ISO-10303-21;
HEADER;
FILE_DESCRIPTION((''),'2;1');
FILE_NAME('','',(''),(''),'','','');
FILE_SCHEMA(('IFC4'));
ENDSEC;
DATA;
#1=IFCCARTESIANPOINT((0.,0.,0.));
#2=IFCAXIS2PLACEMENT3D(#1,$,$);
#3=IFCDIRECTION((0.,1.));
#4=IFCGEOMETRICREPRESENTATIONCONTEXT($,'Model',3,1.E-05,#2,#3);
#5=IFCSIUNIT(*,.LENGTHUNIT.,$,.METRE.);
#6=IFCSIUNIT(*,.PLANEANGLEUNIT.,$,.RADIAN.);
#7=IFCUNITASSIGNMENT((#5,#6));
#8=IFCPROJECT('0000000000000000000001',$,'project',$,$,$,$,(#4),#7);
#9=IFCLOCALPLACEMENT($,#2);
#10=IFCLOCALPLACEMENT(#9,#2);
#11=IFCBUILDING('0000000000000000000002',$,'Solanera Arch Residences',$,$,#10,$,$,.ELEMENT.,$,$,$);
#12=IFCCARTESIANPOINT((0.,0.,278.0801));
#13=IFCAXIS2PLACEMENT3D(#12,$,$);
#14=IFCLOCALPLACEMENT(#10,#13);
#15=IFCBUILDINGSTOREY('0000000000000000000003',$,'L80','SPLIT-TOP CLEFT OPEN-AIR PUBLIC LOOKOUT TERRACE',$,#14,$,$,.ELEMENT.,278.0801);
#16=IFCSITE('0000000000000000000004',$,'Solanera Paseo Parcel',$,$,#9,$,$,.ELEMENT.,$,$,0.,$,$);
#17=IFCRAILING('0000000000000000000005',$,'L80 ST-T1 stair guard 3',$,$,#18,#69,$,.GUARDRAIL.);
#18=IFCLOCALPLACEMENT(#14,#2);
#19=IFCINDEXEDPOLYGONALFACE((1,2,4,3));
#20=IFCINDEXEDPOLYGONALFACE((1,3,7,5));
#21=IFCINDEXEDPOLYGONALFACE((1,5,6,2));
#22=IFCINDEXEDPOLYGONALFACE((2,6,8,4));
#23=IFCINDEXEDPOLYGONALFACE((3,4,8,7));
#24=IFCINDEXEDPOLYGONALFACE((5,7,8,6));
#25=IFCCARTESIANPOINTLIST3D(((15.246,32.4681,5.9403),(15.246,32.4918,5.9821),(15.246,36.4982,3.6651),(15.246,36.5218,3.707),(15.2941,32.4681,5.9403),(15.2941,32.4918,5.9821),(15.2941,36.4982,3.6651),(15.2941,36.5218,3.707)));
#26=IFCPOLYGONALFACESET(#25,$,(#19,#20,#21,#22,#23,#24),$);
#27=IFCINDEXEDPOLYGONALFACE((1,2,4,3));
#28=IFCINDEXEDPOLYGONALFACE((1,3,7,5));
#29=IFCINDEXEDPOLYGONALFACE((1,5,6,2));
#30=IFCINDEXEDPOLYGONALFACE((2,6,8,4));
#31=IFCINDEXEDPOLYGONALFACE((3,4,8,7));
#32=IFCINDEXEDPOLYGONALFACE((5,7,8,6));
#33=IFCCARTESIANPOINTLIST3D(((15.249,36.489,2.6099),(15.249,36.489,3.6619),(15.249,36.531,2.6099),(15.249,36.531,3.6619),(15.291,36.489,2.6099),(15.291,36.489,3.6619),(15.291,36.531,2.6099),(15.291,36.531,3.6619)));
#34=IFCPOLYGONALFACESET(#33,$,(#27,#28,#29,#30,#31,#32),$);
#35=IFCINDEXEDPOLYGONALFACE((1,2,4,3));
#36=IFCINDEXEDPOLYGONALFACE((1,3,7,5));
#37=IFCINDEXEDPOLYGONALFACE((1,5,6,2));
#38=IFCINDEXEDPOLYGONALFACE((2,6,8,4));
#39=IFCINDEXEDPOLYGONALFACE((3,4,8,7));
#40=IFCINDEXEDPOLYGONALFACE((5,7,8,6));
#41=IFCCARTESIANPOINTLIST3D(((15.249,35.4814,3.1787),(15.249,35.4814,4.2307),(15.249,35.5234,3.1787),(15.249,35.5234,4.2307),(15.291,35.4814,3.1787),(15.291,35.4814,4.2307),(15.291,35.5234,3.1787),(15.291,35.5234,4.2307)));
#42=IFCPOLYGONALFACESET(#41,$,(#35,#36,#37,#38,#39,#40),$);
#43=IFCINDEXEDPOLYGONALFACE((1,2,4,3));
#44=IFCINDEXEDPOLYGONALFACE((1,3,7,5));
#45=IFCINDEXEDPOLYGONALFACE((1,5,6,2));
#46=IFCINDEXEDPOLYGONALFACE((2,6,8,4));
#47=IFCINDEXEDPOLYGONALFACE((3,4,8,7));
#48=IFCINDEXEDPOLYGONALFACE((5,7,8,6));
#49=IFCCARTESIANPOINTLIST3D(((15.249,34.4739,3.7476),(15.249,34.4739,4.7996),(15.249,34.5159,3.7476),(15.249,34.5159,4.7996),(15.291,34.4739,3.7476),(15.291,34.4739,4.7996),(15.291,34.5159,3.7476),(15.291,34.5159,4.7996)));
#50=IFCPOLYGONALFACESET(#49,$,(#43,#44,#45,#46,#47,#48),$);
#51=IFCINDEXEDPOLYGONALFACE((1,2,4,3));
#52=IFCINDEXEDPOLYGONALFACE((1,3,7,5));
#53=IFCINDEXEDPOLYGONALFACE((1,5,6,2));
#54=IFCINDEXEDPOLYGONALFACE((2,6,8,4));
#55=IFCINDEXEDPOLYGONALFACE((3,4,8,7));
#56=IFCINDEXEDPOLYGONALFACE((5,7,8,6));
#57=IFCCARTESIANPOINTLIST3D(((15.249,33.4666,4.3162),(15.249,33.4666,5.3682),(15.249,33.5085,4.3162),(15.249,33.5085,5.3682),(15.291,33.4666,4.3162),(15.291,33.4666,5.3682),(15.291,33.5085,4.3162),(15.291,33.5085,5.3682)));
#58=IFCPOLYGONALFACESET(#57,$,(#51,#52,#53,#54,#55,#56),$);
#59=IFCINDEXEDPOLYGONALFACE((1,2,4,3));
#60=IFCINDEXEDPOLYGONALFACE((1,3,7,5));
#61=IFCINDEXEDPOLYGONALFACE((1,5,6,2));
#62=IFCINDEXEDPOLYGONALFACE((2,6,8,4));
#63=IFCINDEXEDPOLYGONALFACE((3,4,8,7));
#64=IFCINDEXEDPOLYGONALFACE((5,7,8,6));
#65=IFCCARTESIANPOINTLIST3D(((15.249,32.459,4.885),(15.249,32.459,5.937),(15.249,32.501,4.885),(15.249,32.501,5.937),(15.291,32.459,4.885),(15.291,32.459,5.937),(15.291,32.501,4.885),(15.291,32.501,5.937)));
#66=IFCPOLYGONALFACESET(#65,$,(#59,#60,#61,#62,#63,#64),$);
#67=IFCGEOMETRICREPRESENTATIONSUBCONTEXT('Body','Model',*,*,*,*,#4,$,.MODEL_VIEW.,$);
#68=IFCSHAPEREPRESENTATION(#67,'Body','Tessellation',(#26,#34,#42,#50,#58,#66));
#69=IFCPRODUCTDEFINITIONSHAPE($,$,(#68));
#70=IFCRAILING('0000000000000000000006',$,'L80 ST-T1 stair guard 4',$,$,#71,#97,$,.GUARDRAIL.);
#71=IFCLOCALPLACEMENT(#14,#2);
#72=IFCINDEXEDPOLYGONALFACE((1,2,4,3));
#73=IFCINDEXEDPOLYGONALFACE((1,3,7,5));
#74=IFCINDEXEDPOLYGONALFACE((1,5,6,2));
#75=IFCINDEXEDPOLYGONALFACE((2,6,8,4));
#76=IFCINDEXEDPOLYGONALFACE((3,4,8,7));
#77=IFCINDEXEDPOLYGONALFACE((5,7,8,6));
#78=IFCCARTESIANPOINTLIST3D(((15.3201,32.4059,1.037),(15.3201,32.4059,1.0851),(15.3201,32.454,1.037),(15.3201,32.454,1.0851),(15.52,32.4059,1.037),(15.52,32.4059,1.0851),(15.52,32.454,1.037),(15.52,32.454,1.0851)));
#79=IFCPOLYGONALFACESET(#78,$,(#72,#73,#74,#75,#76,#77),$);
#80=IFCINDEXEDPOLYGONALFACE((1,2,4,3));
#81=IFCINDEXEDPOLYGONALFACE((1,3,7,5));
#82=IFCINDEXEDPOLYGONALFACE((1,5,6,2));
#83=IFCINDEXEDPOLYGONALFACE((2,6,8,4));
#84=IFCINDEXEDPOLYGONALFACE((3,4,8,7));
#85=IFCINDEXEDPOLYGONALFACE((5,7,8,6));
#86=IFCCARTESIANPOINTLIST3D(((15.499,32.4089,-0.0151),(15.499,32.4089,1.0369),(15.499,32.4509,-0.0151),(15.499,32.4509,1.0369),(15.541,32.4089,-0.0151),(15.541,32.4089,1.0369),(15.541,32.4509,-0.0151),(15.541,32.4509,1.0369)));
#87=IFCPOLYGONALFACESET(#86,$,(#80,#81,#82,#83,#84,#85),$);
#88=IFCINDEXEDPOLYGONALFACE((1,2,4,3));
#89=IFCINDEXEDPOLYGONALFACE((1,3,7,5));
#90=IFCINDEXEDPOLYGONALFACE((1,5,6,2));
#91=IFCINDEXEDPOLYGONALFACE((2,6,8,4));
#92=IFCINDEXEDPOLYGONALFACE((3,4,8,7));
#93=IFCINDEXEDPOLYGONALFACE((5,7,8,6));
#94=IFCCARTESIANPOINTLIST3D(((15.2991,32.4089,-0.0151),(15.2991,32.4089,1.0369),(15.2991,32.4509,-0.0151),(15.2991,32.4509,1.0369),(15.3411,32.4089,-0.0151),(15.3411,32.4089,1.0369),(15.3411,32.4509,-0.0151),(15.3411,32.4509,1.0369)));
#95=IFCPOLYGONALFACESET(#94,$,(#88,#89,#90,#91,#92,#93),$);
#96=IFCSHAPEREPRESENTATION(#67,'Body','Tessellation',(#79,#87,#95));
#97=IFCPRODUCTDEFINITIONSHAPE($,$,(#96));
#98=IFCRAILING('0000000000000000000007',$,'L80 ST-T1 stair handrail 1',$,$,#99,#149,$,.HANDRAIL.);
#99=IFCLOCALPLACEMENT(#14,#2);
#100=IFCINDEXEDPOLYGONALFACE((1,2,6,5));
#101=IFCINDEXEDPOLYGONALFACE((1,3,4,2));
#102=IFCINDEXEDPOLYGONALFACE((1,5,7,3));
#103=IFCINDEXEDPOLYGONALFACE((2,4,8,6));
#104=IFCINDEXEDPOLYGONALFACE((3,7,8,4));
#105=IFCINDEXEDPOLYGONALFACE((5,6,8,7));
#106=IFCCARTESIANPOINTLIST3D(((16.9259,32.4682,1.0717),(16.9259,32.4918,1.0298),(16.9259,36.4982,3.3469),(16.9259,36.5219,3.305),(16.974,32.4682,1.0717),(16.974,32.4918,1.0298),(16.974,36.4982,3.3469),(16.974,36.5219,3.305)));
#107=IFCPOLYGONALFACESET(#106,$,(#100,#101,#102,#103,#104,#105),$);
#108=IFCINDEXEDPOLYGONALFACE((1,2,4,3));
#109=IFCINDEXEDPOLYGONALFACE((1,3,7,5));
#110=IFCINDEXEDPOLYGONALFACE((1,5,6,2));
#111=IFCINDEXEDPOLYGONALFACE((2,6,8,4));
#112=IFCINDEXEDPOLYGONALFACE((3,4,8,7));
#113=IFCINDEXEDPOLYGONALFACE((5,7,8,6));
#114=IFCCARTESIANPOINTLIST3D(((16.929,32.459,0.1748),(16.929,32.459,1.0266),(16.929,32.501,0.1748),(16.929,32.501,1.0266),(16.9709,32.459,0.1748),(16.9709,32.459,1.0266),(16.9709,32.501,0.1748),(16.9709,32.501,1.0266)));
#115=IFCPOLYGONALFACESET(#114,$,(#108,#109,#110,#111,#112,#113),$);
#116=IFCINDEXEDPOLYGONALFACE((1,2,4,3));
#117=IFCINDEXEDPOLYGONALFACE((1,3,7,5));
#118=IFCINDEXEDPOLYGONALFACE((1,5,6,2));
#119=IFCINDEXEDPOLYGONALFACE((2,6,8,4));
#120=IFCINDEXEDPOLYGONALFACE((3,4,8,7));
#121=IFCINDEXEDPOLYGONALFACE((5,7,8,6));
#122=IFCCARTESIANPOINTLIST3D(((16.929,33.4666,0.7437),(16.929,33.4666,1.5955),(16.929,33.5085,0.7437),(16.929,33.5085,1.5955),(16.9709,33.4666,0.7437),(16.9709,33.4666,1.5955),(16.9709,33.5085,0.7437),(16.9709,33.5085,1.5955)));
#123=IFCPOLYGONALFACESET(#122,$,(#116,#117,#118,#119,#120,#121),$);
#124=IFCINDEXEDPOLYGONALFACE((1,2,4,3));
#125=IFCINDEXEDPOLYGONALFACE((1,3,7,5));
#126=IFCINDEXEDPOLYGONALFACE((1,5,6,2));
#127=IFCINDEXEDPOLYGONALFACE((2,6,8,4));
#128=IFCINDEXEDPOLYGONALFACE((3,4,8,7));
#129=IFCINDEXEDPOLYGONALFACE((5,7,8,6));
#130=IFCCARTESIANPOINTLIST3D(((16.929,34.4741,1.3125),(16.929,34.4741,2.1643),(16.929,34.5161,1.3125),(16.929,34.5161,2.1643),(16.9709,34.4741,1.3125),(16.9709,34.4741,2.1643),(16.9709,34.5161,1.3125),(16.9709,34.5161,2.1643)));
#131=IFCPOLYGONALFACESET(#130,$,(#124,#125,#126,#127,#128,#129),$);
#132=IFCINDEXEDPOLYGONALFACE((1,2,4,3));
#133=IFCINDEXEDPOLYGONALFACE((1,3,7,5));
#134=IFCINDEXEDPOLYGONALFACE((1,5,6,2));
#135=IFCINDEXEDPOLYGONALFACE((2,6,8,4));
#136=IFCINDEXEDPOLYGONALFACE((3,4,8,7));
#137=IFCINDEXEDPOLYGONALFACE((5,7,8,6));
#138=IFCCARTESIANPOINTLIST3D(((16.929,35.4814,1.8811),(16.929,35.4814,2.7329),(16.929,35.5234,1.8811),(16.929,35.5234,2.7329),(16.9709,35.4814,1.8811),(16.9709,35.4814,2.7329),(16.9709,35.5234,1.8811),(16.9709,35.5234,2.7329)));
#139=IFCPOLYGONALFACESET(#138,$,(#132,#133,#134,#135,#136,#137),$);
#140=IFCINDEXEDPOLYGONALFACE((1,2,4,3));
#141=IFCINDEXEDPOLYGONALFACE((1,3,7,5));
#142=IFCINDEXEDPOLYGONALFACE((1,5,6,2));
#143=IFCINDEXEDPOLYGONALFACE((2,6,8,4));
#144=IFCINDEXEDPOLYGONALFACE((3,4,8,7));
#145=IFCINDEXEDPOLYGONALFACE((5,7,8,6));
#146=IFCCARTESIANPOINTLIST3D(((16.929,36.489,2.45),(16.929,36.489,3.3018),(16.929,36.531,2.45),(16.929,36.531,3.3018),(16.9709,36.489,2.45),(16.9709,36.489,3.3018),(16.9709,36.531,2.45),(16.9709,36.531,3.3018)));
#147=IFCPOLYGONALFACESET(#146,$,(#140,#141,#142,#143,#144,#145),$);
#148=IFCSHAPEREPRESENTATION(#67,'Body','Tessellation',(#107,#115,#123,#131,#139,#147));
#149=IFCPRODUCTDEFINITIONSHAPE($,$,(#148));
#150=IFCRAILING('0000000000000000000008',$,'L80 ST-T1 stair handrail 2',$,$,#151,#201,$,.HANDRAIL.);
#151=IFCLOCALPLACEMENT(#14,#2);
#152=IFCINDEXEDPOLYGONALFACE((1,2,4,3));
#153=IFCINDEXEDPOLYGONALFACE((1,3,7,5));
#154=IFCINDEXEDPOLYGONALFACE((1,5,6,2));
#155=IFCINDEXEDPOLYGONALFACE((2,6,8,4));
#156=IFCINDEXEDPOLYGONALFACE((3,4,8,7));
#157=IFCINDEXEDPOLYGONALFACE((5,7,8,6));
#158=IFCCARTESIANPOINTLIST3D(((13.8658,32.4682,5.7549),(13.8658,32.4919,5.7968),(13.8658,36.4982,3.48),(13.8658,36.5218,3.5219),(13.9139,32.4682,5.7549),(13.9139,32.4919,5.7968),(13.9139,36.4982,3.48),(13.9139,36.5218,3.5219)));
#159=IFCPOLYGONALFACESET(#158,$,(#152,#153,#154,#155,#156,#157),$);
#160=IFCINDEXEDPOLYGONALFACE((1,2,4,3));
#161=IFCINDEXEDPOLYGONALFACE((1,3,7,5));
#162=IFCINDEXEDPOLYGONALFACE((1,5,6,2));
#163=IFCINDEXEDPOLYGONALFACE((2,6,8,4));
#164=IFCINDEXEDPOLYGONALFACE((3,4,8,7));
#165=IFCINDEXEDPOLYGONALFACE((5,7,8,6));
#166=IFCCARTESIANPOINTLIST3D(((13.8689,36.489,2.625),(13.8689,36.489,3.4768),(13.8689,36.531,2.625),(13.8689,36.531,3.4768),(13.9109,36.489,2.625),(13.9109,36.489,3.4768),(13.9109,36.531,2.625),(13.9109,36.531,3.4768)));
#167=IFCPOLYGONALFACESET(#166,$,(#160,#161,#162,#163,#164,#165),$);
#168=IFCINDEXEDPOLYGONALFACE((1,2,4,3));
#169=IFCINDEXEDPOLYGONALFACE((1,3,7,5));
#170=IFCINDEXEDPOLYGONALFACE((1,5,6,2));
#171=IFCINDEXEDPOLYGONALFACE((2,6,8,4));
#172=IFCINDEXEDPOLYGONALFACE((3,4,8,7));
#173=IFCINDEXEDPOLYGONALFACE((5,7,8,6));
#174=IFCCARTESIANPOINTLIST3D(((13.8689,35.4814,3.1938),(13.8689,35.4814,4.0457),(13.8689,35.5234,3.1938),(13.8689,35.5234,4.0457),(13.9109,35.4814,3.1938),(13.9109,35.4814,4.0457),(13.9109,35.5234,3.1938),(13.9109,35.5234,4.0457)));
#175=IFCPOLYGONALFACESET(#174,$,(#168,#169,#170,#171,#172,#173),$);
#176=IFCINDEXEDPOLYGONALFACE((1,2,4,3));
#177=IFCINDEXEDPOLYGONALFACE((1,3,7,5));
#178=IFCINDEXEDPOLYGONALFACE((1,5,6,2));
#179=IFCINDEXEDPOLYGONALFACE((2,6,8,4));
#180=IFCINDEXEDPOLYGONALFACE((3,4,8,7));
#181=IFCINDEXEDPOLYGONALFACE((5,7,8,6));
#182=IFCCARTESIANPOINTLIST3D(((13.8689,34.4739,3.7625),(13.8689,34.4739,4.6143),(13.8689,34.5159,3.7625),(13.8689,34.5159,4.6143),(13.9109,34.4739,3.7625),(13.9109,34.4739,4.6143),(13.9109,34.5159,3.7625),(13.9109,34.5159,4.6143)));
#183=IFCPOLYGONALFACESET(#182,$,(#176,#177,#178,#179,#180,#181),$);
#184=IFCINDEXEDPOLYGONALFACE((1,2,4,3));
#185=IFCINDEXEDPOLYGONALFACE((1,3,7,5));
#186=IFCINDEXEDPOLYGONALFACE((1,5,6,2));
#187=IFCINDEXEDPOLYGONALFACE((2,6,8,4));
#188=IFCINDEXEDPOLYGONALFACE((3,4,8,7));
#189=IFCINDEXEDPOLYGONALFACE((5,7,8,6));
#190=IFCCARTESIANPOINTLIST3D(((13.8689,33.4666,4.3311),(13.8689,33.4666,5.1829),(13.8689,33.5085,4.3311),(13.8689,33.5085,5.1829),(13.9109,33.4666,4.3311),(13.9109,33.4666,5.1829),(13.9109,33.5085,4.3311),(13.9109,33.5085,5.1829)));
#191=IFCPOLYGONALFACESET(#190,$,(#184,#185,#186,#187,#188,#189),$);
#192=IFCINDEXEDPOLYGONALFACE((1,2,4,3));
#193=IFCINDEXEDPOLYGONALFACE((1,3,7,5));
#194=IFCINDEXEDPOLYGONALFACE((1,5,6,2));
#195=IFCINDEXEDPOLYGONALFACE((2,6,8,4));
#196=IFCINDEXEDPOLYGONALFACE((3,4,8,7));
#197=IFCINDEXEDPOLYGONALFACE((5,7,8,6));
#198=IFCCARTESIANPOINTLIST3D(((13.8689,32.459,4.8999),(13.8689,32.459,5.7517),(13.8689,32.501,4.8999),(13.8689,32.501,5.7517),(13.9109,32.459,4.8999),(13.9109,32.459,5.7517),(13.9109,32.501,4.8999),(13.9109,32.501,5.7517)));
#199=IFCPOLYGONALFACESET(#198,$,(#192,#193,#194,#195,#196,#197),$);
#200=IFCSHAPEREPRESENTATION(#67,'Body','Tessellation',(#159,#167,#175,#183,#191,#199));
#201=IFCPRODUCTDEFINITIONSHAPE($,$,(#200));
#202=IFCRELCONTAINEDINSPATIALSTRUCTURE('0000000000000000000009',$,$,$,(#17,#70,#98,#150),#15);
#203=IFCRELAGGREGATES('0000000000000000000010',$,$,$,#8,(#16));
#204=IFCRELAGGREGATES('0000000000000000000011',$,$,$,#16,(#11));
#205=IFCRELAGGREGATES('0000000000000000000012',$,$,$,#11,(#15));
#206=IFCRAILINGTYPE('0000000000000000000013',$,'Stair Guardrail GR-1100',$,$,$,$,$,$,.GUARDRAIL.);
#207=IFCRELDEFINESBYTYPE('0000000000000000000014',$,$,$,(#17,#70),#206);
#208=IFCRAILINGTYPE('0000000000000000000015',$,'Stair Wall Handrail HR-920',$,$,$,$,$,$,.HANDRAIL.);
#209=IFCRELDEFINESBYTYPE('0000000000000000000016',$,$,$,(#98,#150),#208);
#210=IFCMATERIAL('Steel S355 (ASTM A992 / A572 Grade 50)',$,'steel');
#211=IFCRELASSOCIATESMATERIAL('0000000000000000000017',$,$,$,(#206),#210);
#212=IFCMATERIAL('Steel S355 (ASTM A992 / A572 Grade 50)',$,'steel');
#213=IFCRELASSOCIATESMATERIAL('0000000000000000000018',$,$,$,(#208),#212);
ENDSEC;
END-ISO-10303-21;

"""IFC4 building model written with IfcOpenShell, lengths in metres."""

from ifc_helpers import new_model, si_unit, direction, frame, origin, origin_2d, place, context, subcontext, project, spatial, rectangle, extrude, material, type_object, element, save


model = new_model("IFC4")

# Units and contexts
model_context = context("Model", 3, precision=1e-05, world=origin(), true_north=direction((0.0, 1.0)))
body_context = subcontext(model_context, "Body", "Model", "MODEL_VIEW")
ifc_project = project(units=[si_unit("LENGTHUNIT", "METRE"), si_unit("PLANEANGLEUNIT", "RADIAN")], contexts=[model_context])

# Site, building, storey
site_placement = place(None, origin())
site = spatial("IfcSite", under=ifc_project, at=site_placement, Name="Solanera Paseo Parcel", CompositionType="ELEMENT", RefElevation=0.0)
building_placement = place(site_placement, origin())
building = spatial("IfcBuilding", under=site, at=building_placement, Name="Solanera Arch Residences", CompositionType="ELEMENT")
storey_placement = place(building_placement, frame((0.0, 0.0, 278.0801)))
storey = spatial("IfcBuildingStorey", under=building, at=storey_placement, Name="L80", Description="SPLIT-TOP CLEFT OPEN-AIR PUBLIC LOOKOUT TERRACE", CompositionType="ELEMENT", Elevation=278.0801)

# Railings
ifc_material_1 = material(Name="Steel S355 (ASTM A992 / A572 Grade 50)", Category="steel")
railing_type_1 = type_object("IfcRailingType", Name="Stair Guardrail GR-1100", PredefinedType="GUARDRAIL", material=ifc_material_1)
railing_1_placement = place(storey_placement, frame((15.27, 36.51, 2.6099)))
element("IfcRailing", 1, at=railing_1_placement, inside=storey, type_object=railing_type_1, Name="L80 ST-T1 stair guard 3", PredefinedType="GUARDRAIL", context=body_context, shape_type="SweptSolid", body=[
    extrude(rectangle(XDim=0.0481, YDim=0.0481, at=origin_2d()), frame((0.0, 0.0, 1.0762), z_axis=(0.0, -0.870812, 0.491616), x_axis=(1.0, 0.0, 0.0)), (0.0, 0.0, 1.0), 4.6279),
    extrude(rectangle(XDim=0.042, YDim=0.042, at=origin_2d()), origin(), (0.0, 0.0, 1.0), 1.052),
    extrude(rectangle(XDim=0.042, YDim=0.042, at=origin_2d()), frame((0.0, -1.0076, 0.5688)), (0.0, 0.0, 1.0), 1.052),
    extrude(rectangle(XDim=0.042, YDim=0.042, at=origin_2d()), frame((0.0, -2.0151, 1.1377)), (0.0, 0.0, 1.0), 1.052),
    extrude(rectangle(XDim=0.042, YDim=0.042, at=origin_2d()), frame((0.0, -3.0225, 1.7063)), (0.0, 0.0, 1.0), 1.052),
    extrude(rectangle(XDim=0.042, YDim=0.042, at=origin_2d()), frame((0.0, -4.03, 2.2751)), (0.0, 0.0, 1.0), 1.052),
])
railing_2_placement = place(storey_placement, frame((15.52, 32.4299, -0.0151)))
element("IfcRailing", 2, at=railing_2_placement, inside=storey, type_object=railing_type_1, Name="L80 ST-T1 stair guard 4", PredefinedType="GUARDRAIL", context=body_context, shape_type="SweptSolid", body=[
    extrude(rectangle(XDim=0.0481, YDim=0.0481, at=origin_2d()), frame((0.0, 0.0, 1.0762), z_axis=(-1.0, 0.0, 0.0), x_axis=(0.0, -1.0, 0.0)), (0.0, 0.0, 1.0), 0.2),
    extrude(rectangle(XDim=0.042, YDim=0.042, at=origin_2d()), origin(), (0.0, 0.0, 1.0), 1.052),
    extrude(rectangle(XDim=0.042, YDim=0.042, at=origin_2d()), frame((-0.2, 0.0, 0.0)), (0.0, 0.0, 1.0), 1.052),
])
ifc_material_2 = material(Name="Steel S355 (ASTM A992 / A572 Grade 50)", Category="steel")
railing_type_2 = type_object("IfcRailingType", Name="Stair Wall Handrail HR-920", PredefinedType="HANDRAIL", material=ifc_material_2)
railing_3_placement = place(storey_placement, frame((16.95, 32.48, 0.1748)))
element("IfcRailing", 3, at=railing_3_placement, inside=storey, type_object=railing_type_2, Name="L80 ST-T1 stair handrail 1", PredefinedType="HANDRAIL", context=body_context, shape_type="SweptSolid", body=[
    extrude(rectangle(XDim=0.0481, YDim=0.0481, at=origin_2d()), frame((0.0, 0.0, 0.876), z_axis=(0.0, 0.870812, 0.491616), x_axis=(-1.0, 0.0, 0.0)), (0.0, 0.0, 1.0), 4.6279),
    extrude(rectangle(XDim=0.042, YDim=0.042, at=origin_2d()), origin(), (0.0, 0.0, 1.0), 0.8518),
    extrude(rectangle(XDim=0.042, YDim=0.042, at=origin_2d()), frame((0.0, 1.0076, 0.5688)), (0.0, 0.0, 1.0), 0.8518),
    extrude(rectangle(XDim=0.042, YDim=0.042, at=origin_2d()), frame((0.0, 2.0151, 1.1377)), (0.0, 0.0, 1.0), 0.8518),
    extrude(rectangle(XDim=0.042, YDim=0.042, at=origin_2d()), frame((0.0, 3.0225, 1.7063)), (0.0, 0.0, 1.0), 0.8518),
    extrude(rectangle(XDim=0.042, YDim=0.042, at=origin_2d()), frame((0.0, 4.03, 2.2751)), (0.0, 0.0, 1.0), 0.8518),
])
railing_4_placement = place(storey_placement, frame((13.8899, 36.51, 2.625)))
element("IfcRailing", 4, at=railing_4_placement, inside=storey, type_object=railing_type_2, Name="L80 ST-T1 stair handrail 2", PredefinedType="HANDRAIL", context=body_context, shape_type="SweptSolid", body=[
    extrude(rectangle(XDim=0.0481, YDim=0.0481, at=origin_2d()), frame((0.0, 0.0, 0.876), z_axis=(0.0, -0.870835, 0.491576), x_axis=(1.0, 0.0, 0.0)), (0.0, 0.0, 1.0), 4.6277),
    extrude(rectangle(XDim=0.042, YDim=0.042, at=origin_2d()), origin(), (0.0, 0.0, 1.0), 0.8518),
    extrude(rectangle(XDim=0.042, YDim=0.042, at=origin_2d()), frame((0.0, -1.0076, 0.5688)), (0.0, 0.0, 1.0), 0.8518),
    extrude(rectangle(XDim=0.042, YDim=0.042, at=origin_2d()), frame((0.0, -2.0151, 1.1375)), (0.0, 0.0, 1.0), 0.8518),
    extrude(rectangle(XDim=0.042, YDim=0.042, at=origin_2d()), frame((0.0, -3.0225, 1.7061)), (0.0, 0.0, 1.0), 0.8518),
    extrude(rectangle(XDim=0.042, YDim=0.042, at=origin_2d()), frame((0.0, -4.03, 2.2749)), (0.0, 0.0, 1.0), 0.8518),
])

save(model, "model.ifc")
